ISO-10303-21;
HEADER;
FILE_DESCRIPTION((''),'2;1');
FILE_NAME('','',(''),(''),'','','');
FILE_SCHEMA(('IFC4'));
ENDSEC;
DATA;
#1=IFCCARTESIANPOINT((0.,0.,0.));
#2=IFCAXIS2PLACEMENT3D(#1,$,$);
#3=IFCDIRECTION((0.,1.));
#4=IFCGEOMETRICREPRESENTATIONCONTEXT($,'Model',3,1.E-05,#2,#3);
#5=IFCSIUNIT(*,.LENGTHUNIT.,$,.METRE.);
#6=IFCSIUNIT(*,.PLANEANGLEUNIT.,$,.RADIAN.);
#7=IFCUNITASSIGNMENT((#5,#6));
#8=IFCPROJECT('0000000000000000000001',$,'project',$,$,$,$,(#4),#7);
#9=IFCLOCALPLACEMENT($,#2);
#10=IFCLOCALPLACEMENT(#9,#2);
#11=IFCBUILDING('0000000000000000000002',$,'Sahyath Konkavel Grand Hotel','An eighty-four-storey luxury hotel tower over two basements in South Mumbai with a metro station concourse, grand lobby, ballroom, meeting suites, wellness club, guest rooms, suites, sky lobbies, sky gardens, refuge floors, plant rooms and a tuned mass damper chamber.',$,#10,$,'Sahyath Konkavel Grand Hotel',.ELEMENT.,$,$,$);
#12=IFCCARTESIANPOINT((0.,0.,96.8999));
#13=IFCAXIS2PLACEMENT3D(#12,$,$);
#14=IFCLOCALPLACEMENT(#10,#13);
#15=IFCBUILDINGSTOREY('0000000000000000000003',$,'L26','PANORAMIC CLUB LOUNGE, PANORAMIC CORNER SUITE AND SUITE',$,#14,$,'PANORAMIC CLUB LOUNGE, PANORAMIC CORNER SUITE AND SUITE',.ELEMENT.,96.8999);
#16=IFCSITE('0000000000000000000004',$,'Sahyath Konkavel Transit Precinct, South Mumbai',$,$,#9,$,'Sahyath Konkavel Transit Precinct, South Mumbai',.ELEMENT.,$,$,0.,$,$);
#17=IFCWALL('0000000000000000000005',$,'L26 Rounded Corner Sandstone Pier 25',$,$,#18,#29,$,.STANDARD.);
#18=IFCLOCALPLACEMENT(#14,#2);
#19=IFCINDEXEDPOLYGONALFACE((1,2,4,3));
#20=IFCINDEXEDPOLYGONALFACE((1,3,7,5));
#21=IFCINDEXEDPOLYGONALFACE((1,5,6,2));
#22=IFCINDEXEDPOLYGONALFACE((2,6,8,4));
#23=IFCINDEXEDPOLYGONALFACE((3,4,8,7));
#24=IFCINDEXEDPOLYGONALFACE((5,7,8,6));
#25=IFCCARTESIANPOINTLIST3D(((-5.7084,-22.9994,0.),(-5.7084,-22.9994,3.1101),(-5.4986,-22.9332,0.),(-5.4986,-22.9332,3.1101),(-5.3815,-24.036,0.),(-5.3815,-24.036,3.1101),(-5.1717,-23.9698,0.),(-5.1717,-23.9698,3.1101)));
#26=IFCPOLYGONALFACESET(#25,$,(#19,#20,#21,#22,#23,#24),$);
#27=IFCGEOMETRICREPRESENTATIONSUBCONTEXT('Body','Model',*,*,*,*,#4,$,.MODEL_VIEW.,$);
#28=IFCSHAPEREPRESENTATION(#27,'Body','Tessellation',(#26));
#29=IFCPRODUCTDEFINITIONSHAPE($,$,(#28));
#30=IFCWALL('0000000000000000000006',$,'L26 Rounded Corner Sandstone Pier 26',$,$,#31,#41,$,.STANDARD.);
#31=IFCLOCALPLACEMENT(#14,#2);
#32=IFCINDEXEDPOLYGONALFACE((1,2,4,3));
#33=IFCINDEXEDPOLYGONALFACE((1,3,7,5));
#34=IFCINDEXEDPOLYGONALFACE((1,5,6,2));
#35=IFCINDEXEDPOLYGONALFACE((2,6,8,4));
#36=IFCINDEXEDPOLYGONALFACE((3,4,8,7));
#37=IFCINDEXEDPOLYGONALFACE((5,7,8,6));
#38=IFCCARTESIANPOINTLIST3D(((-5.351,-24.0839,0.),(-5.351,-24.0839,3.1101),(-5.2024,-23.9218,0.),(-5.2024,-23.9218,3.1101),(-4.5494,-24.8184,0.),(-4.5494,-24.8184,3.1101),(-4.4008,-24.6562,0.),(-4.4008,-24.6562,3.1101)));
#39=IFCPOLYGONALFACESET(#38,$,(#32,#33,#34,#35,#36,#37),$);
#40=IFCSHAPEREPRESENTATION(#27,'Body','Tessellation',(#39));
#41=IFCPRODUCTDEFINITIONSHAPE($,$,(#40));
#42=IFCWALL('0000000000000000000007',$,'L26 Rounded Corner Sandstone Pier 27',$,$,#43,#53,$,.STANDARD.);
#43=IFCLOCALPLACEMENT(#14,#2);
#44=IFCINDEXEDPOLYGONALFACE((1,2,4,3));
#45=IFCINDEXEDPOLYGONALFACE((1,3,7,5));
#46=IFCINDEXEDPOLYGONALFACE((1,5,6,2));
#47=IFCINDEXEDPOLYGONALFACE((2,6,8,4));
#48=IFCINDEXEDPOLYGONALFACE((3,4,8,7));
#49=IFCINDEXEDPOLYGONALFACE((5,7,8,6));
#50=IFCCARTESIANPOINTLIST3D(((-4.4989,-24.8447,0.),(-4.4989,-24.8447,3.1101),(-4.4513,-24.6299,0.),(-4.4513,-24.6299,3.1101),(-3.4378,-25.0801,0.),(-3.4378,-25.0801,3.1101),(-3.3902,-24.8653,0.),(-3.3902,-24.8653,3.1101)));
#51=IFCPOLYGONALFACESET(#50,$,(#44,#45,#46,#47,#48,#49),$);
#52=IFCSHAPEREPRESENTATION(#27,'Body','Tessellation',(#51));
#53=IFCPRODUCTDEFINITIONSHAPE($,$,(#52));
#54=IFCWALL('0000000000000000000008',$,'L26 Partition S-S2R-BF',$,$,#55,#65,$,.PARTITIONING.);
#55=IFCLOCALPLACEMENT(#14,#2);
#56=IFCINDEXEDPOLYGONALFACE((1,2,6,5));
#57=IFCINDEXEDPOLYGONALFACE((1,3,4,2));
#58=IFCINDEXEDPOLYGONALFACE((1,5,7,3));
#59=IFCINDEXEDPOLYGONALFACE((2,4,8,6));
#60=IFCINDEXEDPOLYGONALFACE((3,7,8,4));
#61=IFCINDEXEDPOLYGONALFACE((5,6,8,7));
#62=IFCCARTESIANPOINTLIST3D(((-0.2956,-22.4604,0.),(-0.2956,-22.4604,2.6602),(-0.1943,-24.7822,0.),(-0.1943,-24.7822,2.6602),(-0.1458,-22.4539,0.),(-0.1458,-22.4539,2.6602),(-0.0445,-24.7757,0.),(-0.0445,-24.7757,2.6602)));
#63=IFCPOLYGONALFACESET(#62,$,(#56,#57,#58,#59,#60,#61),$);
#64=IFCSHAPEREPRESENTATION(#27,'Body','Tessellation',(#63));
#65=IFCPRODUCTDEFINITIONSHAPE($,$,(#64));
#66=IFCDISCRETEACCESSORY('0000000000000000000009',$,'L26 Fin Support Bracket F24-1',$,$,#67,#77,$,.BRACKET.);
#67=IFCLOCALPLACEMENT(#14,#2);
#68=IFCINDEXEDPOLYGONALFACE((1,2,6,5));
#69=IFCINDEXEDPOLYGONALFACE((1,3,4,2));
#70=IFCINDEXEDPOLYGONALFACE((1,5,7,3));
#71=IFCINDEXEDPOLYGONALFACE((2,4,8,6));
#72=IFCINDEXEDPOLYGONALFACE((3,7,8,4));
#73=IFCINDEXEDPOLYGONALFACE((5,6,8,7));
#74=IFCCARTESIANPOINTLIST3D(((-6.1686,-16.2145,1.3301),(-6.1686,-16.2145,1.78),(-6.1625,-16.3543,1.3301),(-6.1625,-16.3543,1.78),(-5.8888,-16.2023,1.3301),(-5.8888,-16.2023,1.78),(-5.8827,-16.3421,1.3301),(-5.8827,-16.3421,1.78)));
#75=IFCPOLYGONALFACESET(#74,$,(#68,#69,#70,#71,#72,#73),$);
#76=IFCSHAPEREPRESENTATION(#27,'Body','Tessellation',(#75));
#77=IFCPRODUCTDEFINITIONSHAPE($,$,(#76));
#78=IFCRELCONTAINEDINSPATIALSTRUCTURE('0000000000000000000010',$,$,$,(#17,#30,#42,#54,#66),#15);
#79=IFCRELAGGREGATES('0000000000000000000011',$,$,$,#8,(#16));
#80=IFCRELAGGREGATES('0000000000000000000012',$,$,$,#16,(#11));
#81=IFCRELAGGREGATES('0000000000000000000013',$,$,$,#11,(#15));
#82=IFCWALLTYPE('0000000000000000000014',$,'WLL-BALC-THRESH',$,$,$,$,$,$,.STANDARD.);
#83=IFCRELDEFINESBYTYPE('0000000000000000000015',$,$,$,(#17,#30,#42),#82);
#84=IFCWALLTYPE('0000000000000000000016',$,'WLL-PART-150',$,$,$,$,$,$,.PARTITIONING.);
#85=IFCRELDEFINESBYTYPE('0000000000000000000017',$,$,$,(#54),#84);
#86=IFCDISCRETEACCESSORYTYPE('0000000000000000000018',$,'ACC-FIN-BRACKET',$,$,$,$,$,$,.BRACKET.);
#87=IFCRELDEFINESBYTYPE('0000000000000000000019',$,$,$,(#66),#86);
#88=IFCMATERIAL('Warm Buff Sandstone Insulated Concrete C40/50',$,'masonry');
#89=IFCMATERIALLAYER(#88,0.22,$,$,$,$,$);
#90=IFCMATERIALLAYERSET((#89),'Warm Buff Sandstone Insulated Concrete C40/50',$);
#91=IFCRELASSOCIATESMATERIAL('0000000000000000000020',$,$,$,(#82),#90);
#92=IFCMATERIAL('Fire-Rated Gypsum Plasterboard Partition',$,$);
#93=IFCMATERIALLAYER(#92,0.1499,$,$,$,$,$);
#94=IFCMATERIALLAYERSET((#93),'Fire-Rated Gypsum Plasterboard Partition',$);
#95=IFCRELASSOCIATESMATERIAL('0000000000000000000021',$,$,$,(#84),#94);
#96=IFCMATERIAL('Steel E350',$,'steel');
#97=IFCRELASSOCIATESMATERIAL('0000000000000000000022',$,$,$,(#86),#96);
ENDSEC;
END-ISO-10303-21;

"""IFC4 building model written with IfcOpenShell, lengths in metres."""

from ifc_helpers import new_model, si_unit, direction, frame, frame_2d, origin, origin_2d, place, context, subcontext, project, spatial, rectangle, extrude, source, transform, mapped, material, layer, layer_set, type_object, element, save


model = new_model("IFC4")

# Units and contexts
model_context = context("Model", 3, precision=1e-05, world=origin(), true_north=direction((0.0, 1.0)))
body_context = subcontext(model_context, "Body", "Model", "MODEL_VIEW")
ifc_project = project(units=[si_unit("LENGTHUNIT", "METRE"), si_unit("PLANEANGLEUNIT", "RADIAN")], contexts=[model_context])

# Site, building, storey
site_placement = place(None, origin())
site = spatial("IfcSite", under=ifc_project, at=site_placement, Name="Sahyath Konkavel Transit Precinct, South Mumbai", LongName="Sahyath Konkavel Transit Precinct, South Mumbai", CompositionType="ELEMENT", RefElevation=0.0)
building_placement = place(site_placement, origin())
building = spatial("IfcBuilding", under=site, at=building_placement, Name="Sahyath Konkavel Grand Hotel", Description="An eighty-four-storey luxury hotel tower over two basements in South Mumbai with a metro station concourse, grand lobby, ballroom, meeting suites, wellness club, guest rooms, suites, sky lobbies, sky gardens, refuge floors, plant rooms and a tuned mass damper chamber.", LongName="Sahyath Konkavel Grand Hotel", CompositionType="ELEMENT")
storey_placement = place(building_placement, frame((0.0, 0.0, 96.8999)))
storey = spatial("IfcBuildingStorey", under=building, at=storey_placement, Name="L26", Description="PANORAMIC CLUB LOUNGE, PANORAMIC CORNER SUITE AND SUITE", LongName="PANORAMIC CLUB LOUNGE, PANORAMIC CORNER SUITE AND SUITE", CompositionType="ELEMENT", Elevation=96.8999)

# Shared definitions
ifc_material_1 = material(Name="Steel E350", Category="steel")

# Walls
ifc_material_2 = material(Name="Warm Buff Sandstone Insulated Concrete C40/50", Category="masonry")
ifc_layer_1 = layer(ifc_material_2, 0.22)
ifc_layer_set_1 = layer_set([ifc_layer_1], Name="Warm Buff Sandstone Insulated Concrete C40/50")
wall_type_1 = type_object("IfcWallType", Name="WLL-BALC-THRESH", PredefinedType="STANDARD", material=ifc_layer_set_1)
wall_1_placement = place(storey_placement, frame((-5.6035, -22.9663, 0.0), z_axis=(0.0, 0.0, 1.0), x_axis=(0.300755, -0.953701, 0.0)))
element("IfcWall", 1, at=wall_1_placement, inside=storey, type_object=wall_type_1, Name="L26 Rounded Corner Sandstone Pier 25", PredefinedType="STANDARD", context=body_context, shape_type="SweptSolid", body=[
    extrude(rectangle(XDim=1.0869, YDim=0.22, at=frame_2d((0.5435, 0.0))), origin(), (0.0, 0.0, 1.0), 3.1101),
])
wall_2_placement = place(storey_placement, frame((-5.2766, -24.0029, 0.0), z_axis=(0.0, 0.0, 1.0), x_axis=(0.737313, -0.675552, 0.0)))
element("IfcWall", 2, at=wall_2_placement, inside=storey, type_object=wall_type_1, Name="L26 Rounded Corner Sandstone Pier 26", PredefinedType="STANDARD", context=body_context, shape_type="SweptSolid", body=[
    extrude(rectangle(XDim=1.0872, YDim=0.22, at=frame_2d((0.5435, 0.0))), origin(), (0.0, 0.0, 1.0), 3.1101),
])
wall_3_placement = place(storey_placement, frame((-4.4751, -24.7373, 0.0), z_axis=(0.0, 0.0, 1.0), x_axis=(0.976272, -0.21655, 0.0)))
element("IfcWall", 3, at=wall_3_placement, inside=storey, type_object=wall_type_1, Name="L26 Rounded Corner Sandstone Pier 27", PredefinedType="STANDARD", context=body_context, shape_type="SweptSolid", body=[
    extrude(rectangle(XDim=1.0869, YDim=0.22, at=frame_2d((0.5435, 0.0))), origin(), (0.0, 0.0, 1.0), 3.1101),
])
ifc_material_3 = material(Name="Fire-Rated Gypsum Plasterboard Partition")
ifc_layer_2 = layer(ifc_material_3, 0.1499)
ifc_layer_set_2 = layer_set([ifc_layer_2], Name="Fire-Rated Gypsum Plasterboard Partition")
wall_type_2 = type_object("IfcWallType", Name="WLL-PART-150", PredefinedType="PARTITIONING", material=ifc_layer_set_2)
wall_4_placement = place(storey_placement, frame((-0.2207, -22.457, 0.0), z_axis=(0.0, 0.0, 1.0), x_axis=(0.043597, -0.999049, 0.0)))
element("IfcWall", 4, at=wall_4_placement, inside=storey, type_object=wall_type_2, Name="L26 Partition S-S2R-BF", PredefinedType="PARTITIONING", context=body_context, shape_type="SweptSolid", body=[
    extrude(rectangle(XDim=2.324, YDim=0.1499, at=frame_2d((1.1621, 0.0))), origin(), (0.0, 0.0, 1.0), 2.6602),
])

# Discrete accessory
discrete_accessory_type = type_object("IfcDiscreteAccessoryType", Name="ACC-FIN-BRACKET", PredefinedType="BRACKET", material=ifc_material_1)
shared_shape_1 = source(origin(), body_context, "Body", "SweptSolid", [
    extrude(rectangle(XDim=0.28, YDim=0.1399, at=origin_2d()), origin(), (0.0, 0.0, 1.0), 0.45),
])
discrete_accessory_placement = place(storey_placement, frame((-6.0256, -16.2783, 1.3301), z_axis=(0.0, 0.0, 1.0), x_axis=(-0.999048, -0.043619, 0.0)))
element("IfcDiscreteAccessory", 5, at=discrete_accessory_placement, inside=storey, type_object=discrete_accessory_type, Name="L26 Fin Support Bracket F24-1", PredefinedType="BRACKET", context=body_context, shape_type="MappedRepresentation", body=[
    mapped(shared_shape_1, transform((0.0, 0.0, 0.0), scale=1.0)),
])

save(model, "model.ifc")
